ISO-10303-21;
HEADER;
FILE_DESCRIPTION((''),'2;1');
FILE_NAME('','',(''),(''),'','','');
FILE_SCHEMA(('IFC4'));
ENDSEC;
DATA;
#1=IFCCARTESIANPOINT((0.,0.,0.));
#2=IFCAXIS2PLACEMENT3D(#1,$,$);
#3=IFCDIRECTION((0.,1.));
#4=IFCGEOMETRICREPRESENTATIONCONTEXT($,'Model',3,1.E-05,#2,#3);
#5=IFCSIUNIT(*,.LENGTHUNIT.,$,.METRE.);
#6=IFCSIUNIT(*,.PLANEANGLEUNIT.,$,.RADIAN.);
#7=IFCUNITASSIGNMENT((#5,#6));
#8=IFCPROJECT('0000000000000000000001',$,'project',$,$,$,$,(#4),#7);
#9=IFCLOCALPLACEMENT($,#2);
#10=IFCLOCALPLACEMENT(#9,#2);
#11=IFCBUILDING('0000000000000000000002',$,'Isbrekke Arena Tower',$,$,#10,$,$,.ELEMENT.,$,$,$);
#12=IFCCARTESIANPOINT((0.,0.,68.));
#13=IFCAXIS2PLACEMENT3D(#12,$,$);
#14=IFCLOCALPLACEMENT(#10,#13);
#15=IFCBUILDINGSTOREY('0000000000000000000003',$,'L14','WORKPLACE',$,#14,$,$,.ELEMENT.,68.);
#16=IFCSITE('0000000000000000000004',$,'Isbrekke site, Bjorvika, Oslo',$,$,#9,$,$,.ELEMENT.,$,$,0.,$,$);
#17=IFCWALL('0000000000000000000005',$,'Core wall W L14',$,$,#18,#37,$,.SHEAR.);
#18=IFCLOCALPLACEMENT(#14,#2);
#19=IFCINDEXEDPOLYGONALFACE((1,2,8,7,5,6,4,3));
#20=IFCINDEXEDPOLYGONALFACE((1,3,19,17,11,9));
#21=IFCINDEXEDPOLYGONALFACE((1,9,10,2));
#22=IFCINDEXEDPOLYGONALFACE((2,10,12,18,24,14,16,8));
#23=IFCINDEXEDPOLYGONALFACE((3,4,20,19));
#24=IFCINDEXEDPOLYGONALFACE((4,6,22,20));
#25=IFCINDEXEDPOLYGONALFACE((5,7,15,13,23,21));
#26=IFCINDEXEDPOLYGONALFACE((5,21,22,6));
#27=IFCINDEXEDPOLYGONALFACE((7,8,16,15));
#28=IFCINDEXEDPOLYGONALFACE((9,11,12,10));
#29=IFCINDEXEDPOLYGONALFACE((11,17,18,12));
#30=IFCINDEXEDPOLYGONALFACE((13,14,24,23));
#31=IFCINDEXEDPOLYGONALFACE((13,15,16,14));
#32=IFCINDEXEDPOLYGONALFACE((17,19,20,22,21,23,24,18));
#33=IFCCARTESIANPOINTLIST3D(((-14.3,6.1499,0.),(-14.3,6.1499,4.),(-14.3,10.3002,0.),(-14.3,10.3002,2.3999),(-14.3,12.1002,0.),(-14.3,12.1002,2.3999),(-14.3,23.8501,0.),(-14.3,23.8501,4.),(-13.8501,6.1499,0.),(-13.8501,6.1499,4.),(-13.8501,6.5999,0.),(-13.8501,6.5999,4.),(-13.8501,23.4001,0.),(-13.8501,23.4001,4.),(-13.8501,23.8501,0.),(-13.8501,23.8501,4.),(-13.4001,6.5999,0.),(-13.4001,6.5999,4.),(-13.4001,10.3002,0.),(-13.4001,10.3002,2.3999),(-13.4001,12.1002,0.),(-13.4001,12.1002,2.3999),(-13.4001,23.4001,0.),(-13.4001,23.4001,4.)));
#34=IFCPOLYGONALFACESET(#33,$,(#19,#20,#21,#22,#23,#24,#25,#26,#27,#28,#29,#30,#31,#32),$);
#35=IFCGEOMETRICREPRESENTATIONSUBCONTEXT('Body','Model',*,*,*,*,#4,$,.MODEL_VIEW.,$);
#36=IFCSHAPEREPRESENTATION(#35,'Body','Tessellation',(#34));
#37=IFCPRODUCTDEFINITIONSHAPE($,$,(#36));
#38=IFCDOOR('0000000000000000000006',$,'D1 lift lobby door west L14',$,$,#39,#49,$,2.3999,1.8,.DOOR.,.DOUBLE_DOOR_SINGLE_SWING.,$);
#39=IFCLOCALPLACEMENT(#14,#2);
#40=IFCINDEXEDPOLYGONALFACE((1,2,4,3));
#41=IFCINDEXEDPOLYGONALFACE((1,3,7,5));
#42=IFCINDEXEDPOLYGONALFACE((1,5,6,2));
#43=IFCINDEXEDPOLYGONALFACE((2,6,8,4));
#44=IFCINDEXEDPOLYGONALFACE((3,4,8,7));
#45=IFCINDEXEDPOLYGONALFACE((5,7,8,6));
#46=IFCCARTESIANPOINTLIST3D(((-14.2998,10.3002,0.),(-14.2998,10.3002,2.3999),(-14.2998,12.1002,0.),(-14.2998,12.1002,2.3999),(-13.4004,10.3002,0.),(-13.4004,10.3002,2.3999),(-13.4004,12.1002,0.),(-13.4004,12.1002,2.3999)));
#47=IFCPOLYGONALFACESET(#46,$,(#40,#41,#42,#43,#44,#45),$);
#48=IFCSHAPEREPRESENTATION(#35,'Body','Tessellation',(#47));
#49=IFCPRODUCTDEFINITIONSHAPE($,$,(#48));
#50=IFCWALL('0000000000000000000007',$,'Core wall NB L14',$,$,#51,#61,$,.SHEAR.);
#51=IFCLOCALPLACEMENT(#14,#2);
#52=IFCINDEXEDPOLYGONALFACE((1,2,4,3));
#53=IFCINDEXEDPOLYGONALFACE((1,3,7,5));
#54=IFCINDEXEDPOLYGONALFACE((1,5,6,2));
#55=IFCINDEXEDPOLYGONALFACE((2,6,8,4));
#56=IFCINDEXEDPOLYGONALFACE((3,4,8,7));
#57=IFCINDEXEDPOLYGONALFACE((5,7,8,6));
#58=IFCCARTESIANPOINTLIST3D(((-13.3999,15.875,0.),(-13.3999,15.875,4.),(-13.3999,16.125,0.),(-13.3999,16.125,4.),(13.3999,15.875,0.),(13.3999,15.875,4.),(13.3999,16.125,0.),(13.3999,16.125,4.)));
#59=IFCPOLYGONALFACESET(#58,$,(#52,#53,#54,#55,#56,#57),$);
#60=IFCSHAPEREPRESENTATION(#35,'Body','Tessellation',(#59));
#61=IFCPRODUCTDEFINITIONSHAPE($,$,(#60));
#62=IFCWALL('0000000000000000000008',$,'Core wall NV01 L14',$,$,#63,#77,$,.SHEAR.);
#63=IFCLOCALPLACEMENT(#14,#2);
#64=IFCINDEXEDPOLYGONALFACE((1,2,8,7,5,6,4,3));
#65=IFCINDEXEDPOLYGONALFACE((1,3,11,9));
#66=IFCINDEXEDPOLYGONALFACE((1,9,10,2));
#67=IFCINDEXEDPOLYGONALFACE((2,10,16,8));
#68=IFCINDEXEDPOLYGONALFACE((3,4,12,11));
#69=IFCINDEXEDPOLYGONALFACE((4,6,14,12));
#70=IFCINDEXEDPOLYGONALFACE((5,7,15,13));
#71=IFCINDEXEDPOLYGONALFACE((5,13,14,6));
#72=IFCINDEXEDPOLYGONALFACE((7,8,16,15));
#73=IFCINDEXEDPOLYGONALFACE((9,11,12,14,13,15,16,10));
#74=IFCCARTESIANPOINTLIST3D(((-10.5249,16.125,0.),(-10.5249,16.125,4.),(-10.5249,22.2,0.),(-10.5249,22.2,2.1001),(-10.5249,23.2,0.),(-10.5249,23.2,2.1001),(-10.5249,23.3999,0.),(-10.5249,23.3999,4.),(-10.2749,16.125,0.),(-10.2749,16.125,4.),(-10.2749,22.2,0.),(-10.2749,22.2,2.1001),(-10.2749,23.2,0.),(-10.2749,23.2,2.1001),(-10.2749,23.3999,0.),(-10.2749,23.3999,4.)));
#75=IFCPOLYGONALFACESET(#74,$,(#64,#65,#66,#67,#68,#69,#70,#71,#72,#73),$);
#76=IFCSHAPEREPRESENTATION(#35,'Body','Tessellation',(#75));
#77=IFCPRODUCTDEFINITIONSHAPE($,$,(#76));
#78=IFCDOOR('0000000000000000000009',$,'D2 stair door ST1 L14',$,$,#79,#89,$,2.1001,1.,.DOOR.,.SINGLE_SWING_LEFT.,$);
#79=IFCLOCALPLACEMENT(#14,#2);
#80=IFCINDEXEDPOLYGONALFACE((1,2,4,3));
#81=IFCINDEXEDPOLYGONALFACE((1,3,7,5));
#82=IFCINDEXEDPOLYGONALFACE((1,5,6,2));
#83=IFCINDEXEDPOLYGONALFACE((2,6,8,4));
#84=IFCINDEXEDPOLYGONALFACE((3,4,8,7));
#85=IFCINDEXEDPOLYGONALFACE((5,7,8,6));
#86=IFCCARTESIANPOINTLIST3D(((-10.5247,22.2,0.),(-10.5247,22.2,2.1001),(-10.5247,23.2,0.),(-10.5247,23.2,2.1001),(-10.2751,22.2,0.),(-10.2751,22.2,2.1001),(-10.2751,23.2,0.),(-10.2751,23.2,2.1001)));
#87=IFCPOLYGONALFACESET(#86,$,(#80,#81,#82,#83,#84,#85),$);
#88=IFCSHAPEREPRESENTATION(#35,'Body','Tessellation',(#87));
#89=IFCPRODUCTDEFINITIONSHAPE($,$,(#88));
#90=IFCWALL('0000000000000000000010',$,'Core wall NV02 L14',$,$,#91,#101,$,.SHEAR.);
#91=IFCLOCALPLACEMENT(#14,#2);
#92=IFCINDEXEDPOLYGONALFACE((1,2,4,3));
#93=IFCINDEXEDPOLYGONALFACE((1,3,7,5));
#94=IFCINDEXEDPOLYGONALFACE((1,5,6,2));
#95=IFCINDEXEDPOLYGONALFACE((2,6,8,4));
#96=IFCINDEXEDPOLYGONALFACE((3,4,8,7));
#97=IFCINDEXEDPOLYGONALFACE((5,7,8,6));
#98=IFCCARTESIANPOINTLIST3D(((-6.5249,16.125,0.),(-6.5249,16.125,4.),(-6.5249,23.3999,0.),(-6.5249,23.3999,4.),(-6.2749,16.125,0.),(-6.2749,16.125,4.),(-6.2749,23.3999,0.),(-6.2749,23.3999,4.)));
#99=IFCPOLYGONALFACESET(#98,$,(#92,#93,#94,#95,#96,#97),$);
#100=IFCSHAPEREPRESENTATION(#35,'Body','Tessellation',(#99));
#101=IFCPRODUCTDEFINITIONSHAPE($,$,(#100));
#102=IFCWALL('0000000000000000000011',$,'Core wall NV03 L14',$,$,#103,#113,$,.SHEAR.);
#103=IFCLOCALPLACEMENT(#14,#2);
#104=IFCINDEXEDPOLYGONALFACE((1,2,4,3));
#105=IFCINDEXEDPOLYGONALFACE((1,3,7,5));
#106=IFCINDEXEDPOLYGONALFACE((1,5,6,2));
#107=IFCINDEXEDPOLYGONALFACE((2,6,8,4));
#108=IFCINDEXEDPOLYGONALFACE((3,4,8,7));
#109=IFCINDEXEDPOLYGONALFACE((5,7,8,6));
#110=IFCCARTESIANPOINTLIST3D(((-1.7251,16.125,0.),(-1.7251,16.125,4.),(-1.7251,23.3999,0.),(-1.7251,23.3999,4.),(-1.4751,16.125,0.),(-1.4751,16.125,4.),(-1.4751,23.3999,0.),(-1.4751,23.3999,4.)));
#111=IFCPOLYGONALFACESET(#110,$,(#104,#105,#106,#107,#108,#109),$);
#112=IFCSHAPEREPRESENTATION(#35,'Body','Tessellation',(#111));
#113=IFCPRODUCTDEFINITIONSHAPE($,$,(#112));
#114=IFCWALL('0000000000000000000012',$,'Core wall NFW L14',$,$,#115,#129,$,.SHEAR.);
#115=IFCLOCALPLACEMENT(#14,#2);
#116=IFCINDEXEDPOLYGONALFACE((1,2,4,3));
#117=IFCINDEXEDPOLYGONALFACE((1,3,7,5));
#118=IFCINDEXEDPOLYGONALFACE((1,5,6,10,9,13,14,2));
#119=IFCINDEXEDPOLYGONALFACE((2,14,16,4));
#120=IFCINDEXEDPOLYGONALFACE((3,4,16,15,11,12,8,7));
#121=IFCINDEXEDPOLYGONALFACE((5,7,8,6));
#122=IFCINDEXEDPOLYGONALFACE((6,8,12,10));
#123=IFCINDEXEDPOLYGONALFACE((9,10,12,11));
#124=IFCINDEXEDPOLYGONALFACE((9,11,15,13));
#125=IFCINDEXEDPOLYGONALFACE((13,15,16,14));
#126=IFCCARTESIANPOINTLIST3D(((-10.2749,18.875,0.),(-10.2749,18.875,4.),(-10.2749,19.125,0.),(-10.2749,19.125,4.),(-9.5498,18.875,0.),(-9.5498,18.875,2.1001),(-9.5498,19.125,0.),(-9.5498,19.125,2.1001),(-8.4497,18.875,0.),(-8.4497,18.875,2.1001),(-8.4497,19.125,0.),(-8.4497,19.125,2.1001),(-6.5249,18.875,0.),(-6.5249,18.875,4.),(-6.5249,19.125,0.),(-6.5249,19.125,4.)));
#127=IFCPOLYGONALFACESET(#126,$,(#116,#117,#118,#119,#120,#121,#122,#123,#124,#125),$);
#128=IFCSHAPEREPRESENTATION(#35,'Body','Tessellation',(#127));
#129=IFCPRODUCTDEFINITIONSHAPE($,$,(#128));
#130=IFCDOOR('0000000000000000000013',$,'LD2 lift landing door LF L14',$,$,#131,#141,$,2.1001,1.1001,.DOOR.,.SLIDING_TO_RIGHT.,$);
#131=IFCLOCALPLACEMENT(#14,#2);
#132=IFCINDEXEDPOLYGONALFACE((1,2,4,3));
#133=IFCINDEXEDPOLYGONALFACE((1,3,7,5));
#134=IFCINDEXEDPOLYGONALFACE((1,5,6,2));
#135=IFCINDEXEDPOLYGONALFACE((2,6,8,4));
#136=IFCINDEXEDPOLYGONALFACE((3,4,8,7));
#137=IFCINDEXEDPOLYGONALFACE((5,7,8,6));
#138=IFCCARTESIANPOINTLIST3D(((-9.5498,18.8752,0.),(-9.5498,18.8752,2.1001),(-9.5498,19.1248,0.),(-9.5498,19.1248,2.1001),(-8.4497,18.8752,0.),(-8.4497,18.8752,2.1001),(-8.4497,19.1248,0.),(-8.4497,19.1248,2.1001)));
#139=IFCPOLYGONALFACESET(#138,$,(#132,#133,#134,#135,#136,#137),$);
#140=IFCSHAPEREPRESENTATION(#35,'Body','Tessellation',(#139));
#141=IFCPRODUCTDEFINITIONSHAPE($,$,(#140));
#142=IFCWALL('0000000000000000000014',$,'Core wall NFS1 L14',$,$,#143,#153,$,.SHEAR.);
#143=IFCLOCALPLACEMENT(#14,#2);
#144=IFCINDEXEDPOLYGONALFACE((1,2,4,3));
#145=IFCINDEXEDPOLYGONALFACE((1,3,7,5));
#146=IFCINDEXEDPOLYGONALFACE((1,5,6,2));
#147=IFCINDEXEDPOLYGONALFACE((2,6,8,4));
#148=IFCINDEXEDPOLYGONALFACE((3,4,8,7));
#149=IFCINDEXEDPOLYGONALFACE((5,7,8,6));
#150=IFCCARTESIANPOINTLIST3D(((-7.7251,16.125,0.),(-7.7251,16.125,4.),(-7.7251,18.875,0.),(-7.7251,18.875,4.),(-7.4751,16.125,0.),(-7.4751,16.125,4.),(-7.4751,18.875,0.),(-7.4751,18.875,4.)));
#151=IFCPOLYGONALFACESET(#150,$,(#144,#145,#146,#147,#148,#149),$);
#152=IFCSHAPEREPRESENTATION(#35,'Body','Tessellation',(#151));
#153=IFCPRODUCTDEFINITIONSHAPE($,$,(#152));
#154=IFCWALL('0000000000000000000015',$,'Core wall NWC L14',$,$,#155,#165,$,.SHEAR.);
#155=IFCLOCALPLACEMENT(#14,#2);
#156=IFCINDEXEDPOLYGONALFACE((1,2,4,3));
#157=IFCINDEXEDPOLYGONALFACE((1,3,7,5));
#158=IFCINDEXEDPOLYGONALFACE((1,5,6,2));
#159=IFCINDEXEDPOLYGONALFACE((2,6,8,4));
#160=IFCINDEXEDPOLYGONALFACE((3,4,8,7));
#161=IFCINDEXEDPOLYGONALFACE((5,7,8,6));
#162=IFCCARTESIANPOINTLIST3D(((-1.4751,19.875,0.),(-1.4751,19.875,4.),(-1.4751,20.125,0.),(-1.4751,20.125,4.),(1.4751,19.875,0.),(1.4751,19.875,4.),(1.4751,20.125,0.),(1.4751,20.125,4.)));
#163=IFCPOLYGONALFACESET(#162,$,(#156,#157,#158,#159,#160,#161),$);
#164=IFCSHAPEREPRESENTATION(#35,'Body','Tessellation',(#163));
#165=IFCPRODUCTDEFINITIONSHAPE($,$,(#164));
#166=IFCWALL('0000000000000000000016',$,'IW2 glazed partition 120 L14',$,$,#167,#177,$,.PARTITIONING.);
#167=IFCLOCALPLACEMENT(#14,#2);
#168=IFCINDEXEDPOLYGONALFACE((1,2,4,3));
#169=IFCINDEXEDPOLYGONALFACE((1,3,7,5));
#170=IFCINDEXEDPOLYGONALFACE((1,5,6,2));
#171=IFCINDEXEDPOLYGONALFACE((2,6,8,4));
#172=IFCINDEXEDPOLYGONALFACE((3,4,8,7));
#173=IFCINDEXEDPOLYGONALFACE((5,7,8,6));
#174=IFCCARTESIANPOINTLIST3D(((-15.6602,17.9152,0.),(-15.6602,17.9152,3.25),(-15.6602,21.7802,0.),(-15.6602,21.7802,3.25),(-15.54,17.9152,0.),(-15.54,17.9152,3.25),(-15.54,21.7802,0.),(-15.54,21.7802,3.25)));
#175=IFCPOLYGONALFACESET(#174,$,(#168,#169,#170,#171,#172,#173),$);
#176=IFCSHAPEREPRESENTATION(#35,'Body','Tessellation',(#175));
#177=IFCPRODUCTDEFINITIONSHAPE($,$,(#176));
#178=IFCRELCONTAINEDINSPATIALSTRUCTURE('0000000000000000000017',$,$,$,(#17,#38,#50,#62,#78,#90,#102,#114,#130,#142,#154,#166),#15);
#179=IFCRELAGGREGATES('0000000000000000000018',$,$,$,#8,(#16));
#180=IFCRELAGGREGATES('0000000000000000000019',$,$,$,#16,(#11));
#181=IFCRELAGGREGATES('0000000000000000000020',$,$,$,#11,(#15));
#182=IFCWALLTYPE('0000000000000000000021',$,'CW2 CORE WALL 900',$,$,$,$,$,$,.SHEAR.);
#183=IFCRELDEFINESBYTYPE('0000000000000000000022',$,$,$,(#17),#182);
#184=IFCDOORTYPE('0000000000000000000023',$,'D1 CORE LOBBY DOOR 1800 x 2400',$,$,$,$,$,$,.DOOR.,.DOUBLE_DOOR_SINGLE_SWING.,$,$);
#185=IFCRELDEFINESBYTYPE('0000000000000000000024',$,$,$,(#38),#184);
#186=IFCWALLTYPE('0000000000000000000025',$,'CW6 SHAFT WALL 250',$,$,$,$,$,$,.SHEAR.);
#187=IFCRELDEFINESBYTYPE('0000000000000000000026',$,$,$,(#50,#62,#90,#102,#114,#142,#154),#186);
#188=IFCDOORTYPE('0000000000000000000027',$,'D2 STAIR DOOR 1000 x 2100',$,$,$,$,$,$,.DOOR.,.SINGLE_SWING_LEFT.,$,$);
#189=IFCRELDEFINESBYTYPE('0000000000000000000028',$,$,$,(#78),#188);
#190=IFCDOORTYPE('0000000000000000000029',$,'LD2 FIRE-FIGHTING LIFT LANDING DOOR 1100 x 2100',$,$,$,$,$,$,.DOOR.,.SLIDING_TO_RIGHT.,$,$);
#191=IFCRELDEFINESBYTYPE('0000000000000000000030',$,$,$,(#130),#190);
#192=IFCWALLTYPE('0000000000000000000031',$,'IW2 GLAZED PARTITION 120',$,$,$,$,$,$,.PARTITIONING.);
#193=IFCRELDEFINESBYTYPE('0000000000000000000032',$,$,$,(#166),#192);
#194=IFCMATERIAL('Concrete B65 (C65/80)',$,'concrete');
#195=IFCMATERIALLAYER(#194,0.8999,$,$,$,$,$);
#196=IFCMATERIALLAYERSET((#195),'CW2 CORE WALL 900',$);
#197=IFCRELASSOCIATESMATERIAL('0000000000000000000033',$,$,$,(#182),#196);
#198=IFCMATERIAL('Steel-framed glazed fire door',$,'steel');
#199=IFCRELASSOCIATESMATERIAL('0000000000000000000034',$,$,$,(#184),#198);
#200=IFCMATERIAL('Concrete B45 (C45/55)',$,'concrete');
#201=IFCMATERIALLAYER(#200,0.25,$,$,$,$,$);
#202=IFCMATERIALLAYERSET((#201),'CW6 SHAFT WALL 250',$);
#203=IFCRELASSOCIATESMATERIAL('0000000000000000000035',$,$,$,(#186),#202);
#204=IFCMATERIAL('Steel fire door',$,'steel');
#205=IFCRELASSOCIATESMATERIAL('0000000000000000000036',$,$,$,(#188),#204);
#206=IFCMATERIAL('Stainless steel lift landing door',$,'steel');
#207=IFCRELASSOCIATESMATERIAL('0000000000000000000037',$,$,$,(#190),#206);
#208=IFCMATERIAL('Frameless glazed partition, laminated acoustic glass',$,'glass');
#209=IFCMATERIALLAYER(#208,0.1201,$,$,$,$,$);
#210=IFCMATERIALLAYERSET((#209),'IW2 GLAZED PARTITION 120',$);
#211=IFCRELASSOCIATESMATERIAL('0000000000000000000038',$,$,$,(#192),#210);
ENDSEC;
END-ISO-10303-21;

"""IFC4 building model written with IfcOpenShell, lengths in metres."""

from ifc_helpers import new_model, si_unit, direction, frame, frame_2d, origin, place, context, subcontext, project, spatial, polyline, rectangle, outline, extrude, material, layer, layer_set, type_object, element, fill, save


model = new_model("IFC4")

# Units and contexts
model_context = context("Model", 3, precision=1e-05, world=origin(), true_north=direction((0.0, 1.0)))
body_context = subcontext(model_context, "Body", "Model", "MODEL_VIEW")
ifc_project = project(units=[si_unit("LENGTHUNIT", "METRE"), si_unit("PLANEANGLEUNIT", "RADIAN")], contexts=[model_context])

# Site, building, storey
site_placement = place(None, origin())
site = spatial("IfcSite", under=ifc_project, at=site_placement, Name="Isbrekke site, Bjorvika, Oslo", CompositionType="ELEMENT", RefElevation=0.0)
building_placement = place(site_placement, origin())
building = spatial("IfcBuilding", under=site, at=building_placement, Name="Isbrekke Arena Tower", CompositionType="ELEMENT")
storey_placement = place(building_placement, frame((0.0, 0.0, 68.0)))
storey = spatial("IfcBuildingStorey", under=building, at=storey_placement, Name="L14", Description="WORKPLACE", CompositionType="ELEMENT", Elevation=68.0)

# Wall, opening, door
ifc_material_1 = material(Name="Concrete B65 (C65/80)", Category="concrete")
ifc_layer_1 = layer(ifc_material_1, 0.8999)
ifc_layer_set_1 = layer_set([ifc_layer_1], Name="CW2 CORE WALL 900")
wall_type_1 = type_object("IfcWallType", Name="CW2 CORE WALL 900", PredefinedType="SHEAR", material=ifc_layer_set_1)
wall_1_placement = place(storey_placement, frame((-13.8501, 23.8501, 0.0), z_axis=(0.0, 0.0, 1.0), x_axis=(0.0, -1.0, 0.0)))
wall_1 = element("IfcWall", 1, at=wall_1_placement, inside=storey, type_object=wall_type_1, Name="Core wall W L14", PredefinedType="SHEAR", context=body_context, shape_type="SweptSolid", body=[
    extrude(outline(polyline([(0.0, -0.45), (17.7002, -0.45), (17.7002, 0.0), (17.2502, 0.0), (17.2502, 0.45), (0.45, 0.45), (0.45, 0.0), (0.0, 0.0), (0.0, -0.45)])), origin(), (0.0, 0.0, 1.0), 4.0),
])
opening_1_placement = place(wall_1_placement, frame((11.75, 0.0, 0.0)))
opening_1 = element("IfcOpeningElement", 2, at=opening_1_placement, cuts=wall_1, PredefinedType="OPENING", context=body_context, shape_type="SweptSolid", body=[
    extrude(rectangle(XDim=1.8, YDim=2.3999, at=frame_2d((0.8999, 1.2))), frame((0.0, 0.4648, 0.0), z_axis=(0.0, -1.0, 0.0), x_axis=(1.0, 0.0, 0.0)), (0.0, 0.0, 1.0), 0.9297),
])
ifc_material_2 = material(Name="Steel-framed glazed fire door", Category="steel")
door_type_1 = type_object("IfcDoorType", Name="D1 CORE LOBBY DOOR 1800 x 2400", OperationType="DOUBLE_DOOR_SINGLE_SWING", PredefinedType="DOOR", material=ifc_material_2)
door_1_placement = place(opening_1_placement, origin())
door_1 = element("IfcDoor", 3, at=door_1_placement, inside=storey, type_object=door_type_1, Name="D1 lift lobby door west L14", OperationType="DOUBLE_DOOR_SINGLE_SWING", OverallHeight=2.3999, OverallWidth=1.8, PredefinedType="DOOR", context=body_context, shape_type="SweptSolid", body=[
    extrude(rectangle(XDim=1.8, YDim=2.3999, at=frame_2d((0.8999, 1.2))), frame((0.0, 0.4497, 0.0), z_axis=(0.0, -1.0, 0.0), x_axis=(1.0, 0.0, 0.0)), (0.0, 0.0, 1.0), 0.8994),
])
fill(opening_1, door_1)

# Wall
ifc_material_3 = material(Name="Concrete B45 (C45/55)", Category="concrete")
ifc_layer_2 = layer(ifc_material_3, 0.25)
ifc_layer_set_2 = layer_set([ifc_layer_2], Name="CW6 SHAFT WALL 250")
wall_type_2 = type_object("IfcWallType", Name="CW6 SHAFT WALL 250", PredefinedType="SHEAR", material=ifc_layer_set_2)
wall_2_placement = place(storey_placement, frame((-13.3999, 16.0, 0.0), z_axis=(0.0, 0.0, 1.0), x_axis=(1.0, 0.0, 0.0)))
element("IfcWall", 4, at=wall_2_placement, inside=storey, type_object=wall_type_2, Name="Core wall NB L14", PredefinedType="SHEAR", context=body_context, shape_type="SweptSolid", body=[
    extrude(rectangle(XDim=26.7998, YDim=0.25, at=frame_2d((13.3999, 0.0))), origin(), (0.0, 0.0, 1.0), 4.0),
])

# Wall, opening, door
wall_3_placement = place(storey_placement, frame((-10.3999, 16.125, 0.0), z_axis=(0.0, 0.0, 1.0), x_axis=(0.0, 1.0, 0.0)))
wall_3 = element("IfcWall", 5, at=wall_3_placement, inside=storey, type_object=wall_type_2, Name="Core wall NV01 L14", PredefinedType="SHEAR", context=body_context, shape_type="SweptSolid", body=[
    extrude(rectangle(XDim=7.2749, YDim=0.25, at=frame_2d((3.6375, 0.0))), origin(), (0.0, 0.0, 1.0), 4.0),
])
opening_2_placement = place(wall_3_placement, frame((6.075, 0.0, 0.0)))
opening_2 = element("IfcOpeningElement", 6, at=opening_2_placement, cuts=wall_3, PredefinedType="OPENING", context=body_context, shape_type="SweptSolid", body=[
    extrude(rectangle(XDim=1.0, YDim=2.1001, at=frame_2d((0.5, 1.05))), frame((0.0, 0.1399, 0.0), z_axis=(0.0, -1.0, 0.0), x_axis=(1.0, 0.0, 0.0)), (0.0, 0.0, 1.0), 0.2798),
])
ifc_material_4 = material(Name="Steel fire door", Category="steel")
door_type_2 = type_object("IfcDoorType", Name="D2 STAIR DOOR 1000 x 2100", OperationType="SINGLE_SWING_LEFT", PredefinedType="DOOR", material=ifc_material_4)
door_2_placement = place(opening_2_placement, origin())
door_2 = element("IfcDoor", 7, at=door_2_placement, inside=storey, type_object=door_type_2, Name="D2 stair door ST1 L14", OperationType="SINGLE_SWING_LEFT", OverallHeight=2.1001, OverallWidth=1.0, PredefinedType="DOOR", context=body_context, shape_type="SweptSolid", body=[
    extrude(rectangle(XDim=1.0, YDim=2.1001, at=frame_2d((0.5, 1.05))), frame((0.0, 0.1248, 0.0), z_axis=(0.0, -1.0, 0.0), x_axis=(1.0, 0.0, 0.0)), (0.0, 0.0, 1.0), 0.2495),
])
fill(opening_2, door_2)

# Walls
for number, where, z_axis, x_axis, name in (
    (8, (-6.3999, 16.125, 0.0), (0.0, 0.0, 1.0), (0.0, 1.0, 0.0), "Core wall NV02 L14"),
    (9, (-1.6001, 16.125, 0.0), (0.0, 0.0, 1.0), (0.0, 1.0, 0.0), "Core wall NV03 L14"),
):
    element("IfcWall", number, at=place(storey_placement, frame(where, z_axis=z_axis, x_axis=x_axis)), inside=storey, type_object=wall_type_2, Name=name, PredefinedType="SHEAR", context=body_context, shape_type="SweptSolid", body=[
        extrude(rectangle(XDim=7.2749, YDim=0.25, at=frame_2d((3.6375, 0.0))), origin(), (0.0, 0.0, 1.0), 4.0),
    ])

# Wall, opening, door
wall_4_placement = place(storey_placement, frame((-10.2749, 19.0, 0.0), z_axis=(0.0, 0.0, 1.0), x_axis=(1.0, 0.0, 0.0)))
wall_4 = element("IfcWall", 10, at=wall_4_placement, inside=storey, type_object=wall_type_2, Name="Core wall NFW L14", PredefinedType="SHEAR", context=body_context, shape_type="SweptSolid", body=[
    extrude(rectangle(XDim=3.75, YDim=0.25, at=frame_2d((1.875, 0.0))), origin(), (0.0, 0.0, 1.0), 4.0),
])
opening_3_placement = place(wall_4_placement, frame((0.7251, 0.0, 0.0)))
opening_3 = element("IfcOpeningElement", 11, at=opening_3_placement, cuts=wall_4, PredefinedType="OPENING", context=body_context, shape_type="SweptSolid", body=[
    extrude(rectangle(XDim=1.1001, YDim=2.1001, at=frame_2d((0.55, 1.05))), frame((0.0, 0.1399, 0.0), z_axis=(0.0, -1.0, 0.0), x_axis=(1.0, 0.0, 0.0)), (0.0, 0.0, 1.0), 0.2798),
])
ifc_material_5 = material(Name="Stainless steel lift landing door", Category="steel")
door_type_3 = type_object("IfcDoorType", Name="LD2 FIRE-FIGHTING LIFT LANDING DOOR 1100 x 2100", OperationType="SLIDING_TO_RIGHT", PredefinedType="DOOR", material=ifc_material_5)
door_3_placement = place(opening_3_placement, origin())
door_3 = element("IfcDoor", 12, at=door_3_placement, inside=storey, type_object=door_type_3, Name="LD2 lift landing door LF L14", OperationType="SLIDING_TO_RIGHT", OverallHeight=2.1001, OverallWidth=1.1001, PredefinedType="DOOR", context=body_context, shape_type="SweptSolid", body=[
    extrude(rectangle(XDim=1.1001, YDim=2.1001, at=frame_2d((0.55, 1.05))), frame((0.0, 0.1248, 0.0), z_axis=(0.0, -1.0, 0.0), x_axis=(1.0, 0.0, 0.0)), (0.0, 0.0, 1.0), 0.2495),
])
fill(opening_3, door_3)

# Walls
wall_5_placement = place(storey_placement, frame((-7.6001, 16.125, 0.0), z_axis=(0.0, 0.0, 1.0), x_axis=(0.0, 1.0, 0.0)))
element("IfcWall", 13, at=wall_5_placement, inside=storey, type_object=wall_type_2, Name="Core wall NFS1 L14", PredefinedType="SHEAR", context=body_context, shape_type="SweptSolid", body=[
    extrude(rectangle(XDim=2.75, YDim=0.25, at=frame_2d((1.375, 0.0))), origin(), (0.0, 0.0, 1.0), 4.0),
])
wall_6_placement = place(storey_placement, frame((-1.4751, 20.0, 0.0), z_axis=(0.0, 0.0, 1.0), x_axis=(1.0, 0.0, 0.0)))
element("IfcWall", 14, at=wall_6_placement, inside=storey, type_object=wall_type_2, Name="Core wall NWC L14", PredefinedType="SHEAR", context=body_context, shape_type="SweptSolid", body=[
    extrude(rectangle(XDim=2.9502, YDim=0.25, at=frame_2d((1.4751, 0.0))), origin(), (0.0, 0.0, 1.0), 4.0),
])
ifc_material_6 = material(Name="Frameless glazed partition, laminated acoustic glass", Category="glass")
ifc_layer_3 = layer(ifc_material_6, 0.1201)
ifc_layer_set_3 = layer_set([ifc_layer_3], Name="IW2 GLAZED PARTITION 120")
wall_type_3 = type_object("IfcWallType", Name="IW2 GLAZED PARTITION 120", PredefinedType="PARTITIONING", material=ifc_layer_set_3)
wall_7_placement = place(storey_placement, frame((-15.6001, 17.915, 0.0), z_axis=(0.0, 0.0, 1.0), x_axis=(0.0, 1.0, 0.0)))
element("IfcWall", 15, at=wall_7_placement, inside=storey, type_object=wall_type_3, Name="IW2 glazed partition 120 L14", PredefinedType="PARTITIONING", context=body_context, shape_type="SweptSolid", body=[
    extrude(rectangle(XDim=3.865, YDim=0.1201, at=frame_2d((1.9326, 0.0))), origin(), (0.0, 0.0, 1.0), 3.25),
])

save(model, "model.ifc")
